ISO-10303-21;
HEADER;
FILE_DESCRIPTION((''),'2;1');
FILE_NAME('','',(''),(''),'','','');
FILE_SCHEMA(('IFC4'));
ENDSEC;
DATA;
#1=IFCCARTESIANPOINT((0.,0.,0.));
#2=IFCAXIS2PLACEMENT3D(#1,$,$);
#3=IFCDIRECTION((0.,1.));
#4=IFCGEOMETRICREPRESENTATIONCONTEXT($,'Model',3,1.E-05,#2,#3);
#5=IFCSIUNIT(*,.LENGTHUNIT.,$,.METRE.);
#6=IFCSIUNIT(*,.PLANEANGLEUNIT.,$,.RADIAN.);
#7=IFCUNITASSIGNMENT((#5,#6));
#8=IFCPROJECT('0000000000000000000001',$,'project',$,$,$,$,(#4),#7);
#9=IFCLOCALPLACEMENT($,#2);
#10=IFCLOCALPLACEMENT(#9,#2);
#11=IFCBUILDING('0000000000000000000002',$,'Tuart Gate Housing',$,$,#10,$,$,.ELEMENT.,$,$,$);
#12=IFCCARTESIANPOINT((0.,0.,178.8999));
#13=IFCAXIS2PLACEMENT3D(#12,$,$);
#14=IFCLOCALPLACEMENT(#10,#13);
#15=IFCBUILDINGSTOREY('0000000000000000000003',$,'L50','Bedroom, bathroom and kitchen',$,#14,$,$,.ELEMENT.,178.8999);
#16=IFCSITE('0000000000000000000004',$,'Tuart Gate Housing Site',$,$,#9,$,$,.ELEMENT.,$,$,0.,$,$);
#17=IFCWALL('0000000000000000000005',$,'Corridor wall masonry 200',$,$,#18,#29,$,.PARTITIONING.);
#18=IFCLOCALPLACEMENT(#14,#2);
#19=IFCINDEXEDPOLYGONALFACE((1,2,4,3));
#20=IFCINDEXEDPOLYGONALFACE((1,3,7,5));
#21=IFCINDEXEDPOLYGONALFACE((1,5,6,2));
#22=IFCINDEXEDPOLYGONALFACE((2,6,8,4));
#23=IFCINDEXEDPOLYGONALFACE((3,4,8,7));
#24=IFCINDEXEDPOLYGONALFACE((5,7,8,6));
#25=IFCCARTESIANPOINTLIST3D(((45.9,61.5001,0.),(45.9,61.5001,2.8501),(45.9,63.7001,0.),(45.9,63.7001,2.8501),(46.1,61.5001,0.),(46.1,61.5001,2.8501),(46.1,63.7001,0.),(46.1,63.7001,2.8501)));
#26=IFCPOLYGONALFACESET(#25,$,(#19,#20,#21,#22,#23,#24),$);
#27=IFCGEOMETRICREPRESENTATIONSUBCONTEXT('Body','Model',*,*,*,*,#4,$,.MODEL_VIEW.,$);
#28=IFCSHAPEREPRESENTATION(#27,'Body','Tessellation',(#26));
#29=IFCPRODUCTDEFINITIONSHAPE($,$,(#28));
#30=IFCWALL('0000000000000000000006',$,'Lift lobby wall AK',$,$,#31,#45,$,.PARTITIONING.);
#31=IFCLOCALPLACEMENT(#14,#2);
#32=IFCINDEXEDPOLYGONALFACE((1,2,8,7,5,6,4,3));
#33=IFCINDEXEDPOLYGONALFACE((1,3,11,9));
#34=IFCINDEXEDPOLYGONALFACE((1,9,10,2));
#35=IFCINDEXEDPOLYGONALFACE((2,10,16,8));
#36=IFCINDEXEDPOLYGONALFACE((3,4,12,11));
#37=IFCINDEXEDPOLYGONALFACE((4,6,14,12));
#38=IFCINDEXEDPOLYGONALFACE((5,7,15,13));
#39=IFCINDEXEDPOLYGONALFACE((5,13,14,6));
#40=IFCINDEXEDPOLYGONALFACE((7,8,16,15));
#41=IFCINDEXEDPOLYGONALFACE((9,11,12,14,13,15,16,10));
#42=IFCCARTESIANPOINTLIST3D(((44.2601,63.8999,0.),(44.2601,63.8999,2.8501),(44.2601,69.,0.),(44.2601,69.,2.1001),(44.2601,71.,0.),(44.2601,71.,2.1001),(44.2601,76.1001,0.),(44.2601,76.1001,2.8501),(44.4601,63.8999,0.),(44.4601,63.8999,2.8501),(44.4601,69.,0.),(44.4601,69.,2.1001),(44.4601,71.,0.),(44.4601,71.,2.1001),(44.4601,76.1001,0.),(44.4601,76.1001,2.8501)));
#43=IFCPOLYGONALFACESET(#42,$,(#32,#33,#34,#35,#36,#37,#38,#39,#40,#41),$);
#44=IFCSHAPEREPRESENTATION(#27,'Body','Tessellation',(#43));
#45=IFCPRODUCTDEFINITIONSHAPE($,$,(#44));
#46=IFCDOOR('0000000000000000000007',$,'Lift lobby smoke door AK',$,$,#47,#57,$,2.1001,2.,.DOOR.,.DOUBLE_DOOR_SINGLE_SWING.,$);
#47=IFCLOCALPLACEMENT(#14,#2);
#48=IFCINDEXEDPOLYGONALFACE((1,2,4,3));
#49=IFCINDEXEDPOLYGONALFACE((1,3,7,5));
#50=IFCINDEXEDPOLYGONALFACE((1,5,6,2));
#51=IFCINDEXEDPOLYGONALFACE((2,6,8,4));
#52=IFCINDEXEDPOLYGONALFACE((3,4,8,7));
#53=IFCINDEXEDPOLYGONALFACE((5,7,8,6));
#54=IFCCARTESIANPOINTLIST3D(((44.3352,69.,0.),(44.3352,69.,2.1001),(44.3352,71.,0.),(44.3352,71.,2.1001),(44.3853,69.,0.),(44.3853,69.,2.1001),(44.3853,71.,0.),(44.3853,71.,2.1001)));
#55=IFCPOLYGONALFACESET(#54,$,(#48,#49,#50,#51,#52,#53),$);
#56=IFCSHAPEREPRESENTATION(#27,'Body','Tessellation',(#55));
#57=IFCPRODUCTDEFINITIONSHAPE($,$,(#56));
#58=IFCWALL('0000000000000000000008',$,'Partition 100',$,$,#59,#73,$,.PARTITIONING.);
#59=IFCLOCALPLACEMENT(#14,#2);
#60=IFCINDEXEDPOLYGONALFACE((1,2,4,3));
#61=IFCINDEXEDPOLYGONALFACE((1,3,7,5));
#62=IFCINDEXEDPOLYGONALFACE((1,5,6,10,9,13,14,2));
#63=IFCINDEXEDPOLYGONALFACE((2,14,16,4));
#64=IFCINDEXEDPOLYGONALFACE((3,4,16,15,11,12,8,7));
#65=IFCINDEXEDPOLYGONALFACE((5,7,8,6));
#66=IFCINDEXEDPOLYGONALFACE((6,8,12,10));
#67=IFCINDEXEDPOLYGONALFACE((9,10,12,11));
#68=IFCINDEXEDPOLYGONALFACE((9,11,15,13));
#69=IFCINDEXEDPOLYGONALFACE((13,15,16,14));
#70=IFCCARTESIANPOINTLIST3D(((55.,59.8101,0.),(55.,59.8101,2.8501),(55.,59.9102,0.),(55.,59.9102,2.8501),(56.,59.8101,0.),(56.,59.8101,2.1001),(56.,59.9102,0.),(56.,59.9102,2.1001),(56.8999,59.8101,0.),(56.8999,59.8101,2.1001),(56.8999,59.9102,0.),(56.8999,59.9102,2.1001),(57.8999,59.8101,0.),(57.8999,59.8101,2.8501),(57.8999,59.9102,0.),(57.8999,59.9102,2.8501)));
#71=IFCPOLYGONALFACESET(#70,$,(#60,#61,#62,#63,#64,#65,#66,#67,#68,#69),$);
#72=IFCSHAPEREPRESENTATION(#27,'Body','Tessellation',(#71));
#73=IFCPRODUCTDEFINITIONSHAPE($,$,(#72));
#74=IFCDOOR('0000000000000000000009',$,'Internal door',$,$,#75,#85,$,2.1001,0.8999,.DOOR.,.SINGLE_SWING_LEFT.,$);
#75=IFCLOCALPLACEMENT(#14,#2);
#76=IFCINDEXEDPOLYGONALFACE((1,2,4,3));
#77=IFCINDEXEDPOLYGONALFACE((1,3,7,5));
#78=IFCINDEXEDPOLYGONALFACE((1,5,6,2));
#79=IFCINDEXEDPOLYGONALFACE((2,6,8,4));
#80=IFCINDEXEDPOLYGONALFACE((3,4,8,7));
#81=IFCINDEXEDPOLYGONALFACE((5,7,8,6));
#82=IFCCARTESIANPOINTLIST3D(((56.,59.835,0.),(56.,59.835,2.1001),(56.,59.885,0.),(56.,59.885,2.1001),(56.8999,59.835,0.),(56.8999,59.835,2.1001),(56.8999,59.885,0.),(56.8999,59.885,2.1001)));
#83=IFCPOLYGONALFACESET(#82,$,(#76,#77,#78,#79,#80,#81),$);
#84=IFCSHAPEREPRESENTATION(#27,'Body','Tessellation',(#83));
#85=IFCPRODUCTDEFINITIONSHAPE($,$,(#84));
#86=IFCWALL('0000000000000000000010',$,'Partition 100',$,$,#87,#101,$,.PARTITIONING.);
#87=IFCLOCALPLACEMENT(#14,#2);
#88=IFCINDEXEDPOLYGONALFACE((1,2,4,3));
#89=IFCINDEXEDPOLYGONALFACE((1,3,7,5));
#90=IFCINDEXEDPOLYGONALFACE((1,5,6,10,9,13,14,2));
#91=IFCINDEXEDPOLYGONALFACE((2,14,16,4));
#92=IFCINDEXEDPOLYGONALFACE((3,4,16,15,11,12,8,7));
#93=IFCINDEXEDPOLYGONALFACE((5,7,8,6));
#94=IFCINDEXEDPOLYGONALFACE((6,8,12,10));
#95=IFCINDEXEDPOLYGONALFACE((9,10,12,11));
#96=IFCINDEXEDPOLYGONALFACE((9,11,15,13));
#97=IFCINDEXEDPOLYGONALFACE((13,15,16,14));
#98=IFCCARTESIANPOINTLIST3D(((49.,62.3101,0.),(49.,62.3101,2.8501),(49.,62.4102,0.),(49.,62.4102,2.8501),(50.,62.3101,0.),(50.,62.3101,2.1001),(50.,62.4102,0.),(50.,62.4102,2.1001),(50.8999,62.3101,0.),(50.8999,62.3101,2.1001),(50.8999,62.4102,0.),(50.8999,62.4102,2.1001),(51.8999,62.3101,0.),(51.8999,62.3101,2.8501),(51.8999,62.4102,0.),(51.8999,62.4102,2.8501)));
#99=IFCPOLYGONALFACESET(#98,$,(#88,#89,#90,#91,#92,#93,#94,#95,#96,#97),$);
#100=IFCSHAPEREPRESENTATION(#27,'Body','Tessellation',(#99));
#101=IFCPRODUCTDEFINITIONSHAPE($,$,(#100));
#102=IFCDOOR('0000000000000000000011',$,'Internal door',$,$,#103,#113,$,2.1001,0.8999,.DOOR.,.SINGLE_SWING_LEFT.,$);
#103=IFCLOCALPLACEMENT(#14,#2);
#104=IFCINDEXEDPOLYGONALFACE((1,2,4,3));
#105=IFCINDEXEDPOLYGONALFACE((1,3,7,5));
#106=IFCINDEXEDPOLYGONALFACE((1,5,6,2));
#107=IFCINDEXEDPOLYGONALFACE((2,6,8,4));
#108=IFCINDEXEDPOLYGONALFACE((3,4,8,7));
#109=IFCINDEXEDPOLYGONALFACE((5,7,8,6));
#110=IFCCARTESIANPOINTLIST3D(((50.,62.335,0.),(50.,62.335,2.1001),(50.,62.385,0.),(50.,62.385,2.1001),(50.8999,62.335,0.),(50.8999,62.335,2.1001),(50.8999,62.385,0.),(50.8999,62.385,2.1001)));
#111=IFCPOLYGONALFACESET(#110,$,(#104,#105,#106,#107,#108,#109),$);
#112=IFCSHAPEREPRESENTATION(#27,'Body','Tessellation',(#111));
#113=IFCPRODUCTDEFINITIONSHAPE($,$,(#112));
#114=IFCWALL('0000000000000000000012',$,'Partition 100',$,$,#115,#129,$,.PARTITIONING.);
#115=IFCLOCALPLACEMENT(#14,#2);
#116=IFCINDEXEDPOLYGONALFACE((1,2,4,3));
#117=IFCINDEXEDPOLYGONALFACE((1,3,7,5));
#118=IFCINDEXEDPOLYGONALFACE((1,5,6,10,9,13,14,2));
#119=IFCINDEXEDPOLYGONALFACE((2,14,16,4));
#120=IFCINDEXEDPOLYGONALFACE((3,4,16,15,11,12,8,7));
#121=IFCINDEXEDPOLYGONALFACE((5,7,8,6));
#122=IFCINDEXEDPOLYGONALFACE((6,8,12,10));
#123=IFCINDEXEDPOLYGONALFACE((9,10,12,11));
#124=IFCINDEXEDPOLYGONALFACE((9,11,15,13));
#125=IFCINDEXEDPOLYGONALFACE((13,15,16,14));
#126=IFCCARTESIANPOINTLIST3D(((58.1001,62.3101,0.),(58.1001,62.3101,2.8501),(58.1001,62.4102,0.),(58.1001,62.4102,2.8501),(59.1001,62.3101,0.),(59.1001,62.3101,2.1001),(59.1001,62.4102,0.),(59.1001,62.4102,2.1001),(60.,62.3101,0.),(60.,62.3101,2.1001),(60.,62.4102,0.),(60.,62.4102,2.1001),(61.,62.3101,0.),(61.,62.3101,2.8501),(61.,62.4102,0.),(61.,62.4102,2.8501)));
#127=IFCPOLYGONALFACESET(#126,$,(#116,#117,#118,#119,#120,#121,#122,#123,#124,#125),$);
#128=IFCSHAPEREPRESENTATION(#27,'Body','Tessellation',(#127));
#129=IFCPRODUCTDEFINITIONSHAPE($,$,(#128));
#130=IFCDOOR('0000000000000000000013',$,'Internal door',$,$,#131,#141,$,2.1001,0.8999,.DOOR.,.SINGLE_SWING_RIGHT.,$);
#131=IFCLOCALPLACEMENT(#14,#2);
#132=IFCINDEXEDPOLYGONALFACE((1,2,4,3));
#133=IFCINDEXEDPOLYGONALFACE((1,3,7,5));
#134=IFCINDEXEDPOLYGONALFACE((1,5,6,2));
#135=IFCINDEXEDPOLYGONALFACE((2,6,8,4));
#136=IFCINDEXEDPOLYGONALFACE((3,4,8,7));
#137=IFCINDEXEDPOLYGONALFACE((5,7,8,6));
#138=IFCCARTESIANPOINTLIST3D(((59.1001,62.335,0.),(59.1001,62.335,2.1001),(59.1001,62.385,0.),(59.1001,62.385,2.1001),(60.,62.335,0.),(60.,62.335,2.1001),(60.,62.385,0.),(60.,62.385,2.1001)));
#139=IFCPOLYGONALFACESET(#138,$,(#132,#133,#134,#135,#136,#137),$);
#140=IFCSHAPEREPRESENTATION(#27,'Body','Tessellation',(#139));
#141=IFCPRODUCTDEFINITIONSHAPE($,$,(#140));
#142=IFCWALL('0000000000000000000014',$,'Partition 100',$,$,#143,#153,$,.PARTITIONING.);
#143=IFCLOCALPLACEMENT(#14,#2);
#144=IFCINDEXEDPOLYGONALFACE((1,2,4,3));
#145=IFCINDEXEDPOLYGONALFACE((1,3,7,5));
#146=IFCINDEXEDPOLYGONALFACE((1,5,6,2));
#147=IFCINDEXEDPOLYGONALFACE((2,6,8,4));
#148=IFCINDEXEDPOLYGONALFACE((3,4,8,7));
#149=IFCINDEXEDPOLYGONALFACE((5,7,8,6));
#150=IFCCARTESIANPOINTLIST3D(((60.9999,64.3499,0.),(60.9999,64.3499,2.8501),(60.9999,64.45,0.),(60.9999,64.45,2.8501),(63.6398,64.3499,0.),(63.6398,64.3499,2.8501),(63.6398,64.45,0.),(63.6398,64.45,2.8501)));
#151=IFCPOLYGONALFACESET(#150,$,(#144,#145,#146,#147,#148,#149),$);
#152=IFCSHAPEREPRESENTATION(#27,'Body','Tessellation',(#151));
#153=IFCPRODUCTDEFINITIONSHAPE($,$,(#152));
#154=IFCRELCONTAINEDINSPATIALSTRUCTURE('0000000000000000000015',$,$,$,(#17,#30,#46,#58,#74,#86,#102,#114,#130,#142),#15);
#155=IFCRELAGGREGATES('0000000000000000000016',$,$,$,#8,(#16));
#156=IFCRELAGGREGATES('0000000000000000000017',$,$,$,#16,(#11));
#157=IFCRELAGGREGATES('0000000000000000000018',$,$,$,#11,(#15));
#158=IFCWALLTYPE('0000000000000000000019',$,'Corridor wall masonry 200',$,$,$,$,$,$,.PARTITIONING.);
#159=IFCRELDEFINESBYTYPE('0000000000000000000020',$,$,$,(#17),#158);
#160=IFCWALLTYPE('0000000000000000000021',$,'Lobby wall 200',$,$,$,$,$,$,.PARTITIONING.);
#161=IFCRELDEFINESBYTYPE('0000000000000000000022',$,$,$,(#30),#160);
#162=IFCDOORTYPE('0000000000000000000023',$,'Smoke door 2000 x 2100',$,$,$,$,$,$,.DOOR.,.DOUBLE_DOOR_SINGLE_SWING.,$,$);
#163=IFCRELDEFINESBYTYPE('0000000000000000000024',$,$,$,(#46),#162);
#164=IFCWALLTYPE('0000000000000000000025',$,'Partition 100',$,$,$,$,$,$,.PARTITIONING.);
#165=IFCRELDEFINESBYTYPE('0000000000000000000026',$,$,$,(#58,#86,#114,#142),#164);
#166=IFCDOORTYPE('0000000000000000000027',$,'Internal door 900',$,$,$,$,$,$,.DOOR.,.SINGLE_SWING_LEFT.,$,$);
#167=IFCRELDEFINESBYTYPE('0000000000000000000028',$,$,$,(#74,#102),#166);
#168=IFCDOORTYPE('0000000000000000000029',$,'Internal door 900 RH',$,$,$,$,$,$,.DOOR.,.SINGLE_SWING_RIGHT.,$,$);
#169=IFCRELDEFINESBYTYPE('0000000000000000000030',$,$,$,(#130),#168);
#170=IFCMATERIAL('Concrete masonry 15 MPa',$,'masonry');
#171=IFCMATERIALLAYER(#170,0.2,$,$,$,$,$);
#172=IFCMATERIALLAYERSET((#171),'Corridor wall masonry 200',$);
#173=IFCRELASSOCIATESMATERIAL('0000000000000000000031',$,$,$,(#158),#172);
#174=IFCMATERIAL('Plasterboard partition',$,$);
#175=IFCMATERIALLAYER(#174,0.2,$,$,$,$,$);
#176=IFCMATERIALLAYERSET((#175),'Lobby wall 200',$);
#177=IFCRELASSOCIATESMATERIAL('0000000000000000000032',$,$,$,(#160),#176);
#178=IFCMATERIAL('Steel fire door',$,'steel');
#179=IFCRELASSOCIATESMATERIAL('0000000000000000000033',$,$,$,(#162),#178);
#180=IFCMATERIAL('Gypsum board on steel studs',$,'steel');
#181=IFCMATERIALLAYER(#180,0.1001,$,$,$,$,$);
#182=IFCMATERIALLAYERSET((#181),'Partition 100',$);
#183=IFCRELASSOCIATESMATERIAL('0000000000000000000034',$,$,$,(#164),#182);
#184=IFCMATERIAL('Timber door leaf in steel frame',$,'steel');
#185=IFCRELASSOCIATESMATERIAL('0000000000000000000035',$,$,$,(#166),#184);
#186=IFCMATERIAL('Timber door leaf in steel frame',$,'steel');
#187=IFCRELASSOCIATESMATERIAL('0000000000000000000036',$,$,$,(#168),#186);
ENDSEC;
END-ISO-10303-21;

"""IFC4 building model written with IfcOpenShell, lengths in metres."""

from ifc_helpers import new_model, si_unit, direction, frame, frame_2d, origin, place, context, subcontext, project, spatial, rectangle, extrude, material, layer, layer_set, type_object, element, fill, save


model = new_model("IFC4")

# Units and contexts
model_context = context("Model", 3, precision=1e-05, world=origin(), true_north=direction((0.0, 1.0)))
body_context = subcontext(model_context, "Body", "Model", "MODEL_VIEW")
ifc_project = project(units=[si_unit("LENGTHUNIT", "METRE"), si_unit("PLANEANGLEUNIT", "RADIAN")], contexts=[model_context])

# Site, building, storey
site_placement = place(None, origin())
site = spatial("IfcSite", under=ifc_project, at=site_placement, Name="Tuart Gate Housing Site", CompositionType="ELEMENT", RefElevation=0.0)
building_placement = place(site_placement, origin())
building = spatial("IfcBuilding", under=site, at=building_placement, Name="Tuart Gate Housing", CompositionType="ELEMENT")
storey_placement = place(building_placement, frame((0.0, 0.0, 178.8999)))
storey = spatial("IfcBuildingStorey", under=building, at=storey_placement, Name="L50", Description="Bedroom, bathroom and kitchen", CompositionType="ELEMENT", Elevation=178.8999)

# Wall
ifc_material_1 = material(Name="Concrete masonry 15 MPa", Category="masonry")
ifc_layer_1 = layer(ifc_material_1, 0.2)
ifc_layer_set_1 = layer_set([ifc_layer_1], Name="Corridor wall masonry 200")
wall_type_1 = type_object("IfcWallType", Name="Corridor wall masonry 200", PredefinedType="PARTITIONING", material=ifc_layer_set_1)
wall_1_placement = place(storey_placement, frame((46.0, 61.5, 0.0), z_axis=(0.0, 0.0, 1.0), x_axis=(0.0, 1.0, 0.0)))
element("IfcWall", 1, at=wall_1_placement, inside=storey, type_object=wall_type_1, Name="Corridor wall masonry 200", PredefinedType="PARTITIONING", context=body_context, shape_type="SweptSolid", body=[
    extrude(rectangle(XDim=2.2, YDim=0.2, at=frame_2d((1.1001, 0.0))), origin(), (0.0, 0.0, 1.0), 2.8501),
])

# Walls, openings, doors
ifc_material_2 = material(Name="Plasterboard partition")
ifc_layer_2 = layer(ifc_material_2, 0.2)
ifc_layer_set_2 = layer_set([ifc_layer_2], Name="Lobby wall 200")
wall_type_2 = type_object("IfcWallType", Name="Lobby wall 200", PredefinedType="PARTITIONING", material=ifc_layer_set_2)
wall_2_placement = place(storey_placement, frame((44.3601, 63.8999, 0.0), z_axis=(0.0, 0.0, 1.0), x_axis=(0.0, 1.0, 0.0)))
wall_2 = element("IfcWall", 2, at=wall_2_placement, inside=storey, type_object=wall_type_2, Name="Lift lobby wall AK", PredefinedType="PARTITIONING", context=body_context, shape_type="SweptSolid", body=[
    extrude(rectangle(XDim=12.2002, YDim=0.2, at=frame_2d((6.1001, 0.0))), origin(), (0.0, 0.0, 1.0), 2.8501),
])
opening_1_placement = place(wall_2_placement, frame((5.1001, 0.0, 0.0)))
opening_1 = element("IfcOpeningElement", 3, at=opening_1_placement, cuts=wall_2, PredefinedType="OPENING", context=body_context, shape_type="SweptSolid", body=[
    extrude(rectangle(XDim=2.0, YDim=2.1001, at=frame_2d((1.0, 1.05))), frame((0.0, 0.1099, 0.0), z_axis=(0.0, -1.0, 0.0), x_axis=(1.0, 0.0, 0.0)), (0.0, 0.0, 1.0), 0.22),
])
ifc_material_3 = material(Name="Steel fire door", Category="steel")
door_type_1 = type_object("IfcDoorType", Name="Smoke door 2000 x 2100", OperationType="DOUBLE_DOOR_SINGLE_SWING", PredefinedType="DOOR", material=ifc_material_3)
door_1_placement = place(opening_1_placement, origin())
door_1 = element("IfcDoor", 4, at=door_1_placement, inside=storey, type_object=door_type_1, Name="Lift lobby smoke door AK", OperationType="DOUBLE_DOOR_SINGLE_SWING", OverallHeight=2.1001, OverallWidth=2.0, PredefinedType="DOOR", context=body_context, shape_type="SweptSolid", body=[
    extrude(rectangle(XDim=2.0, YDim=2.1001, at=frame_2d((1.0, 1.05))), frame((0.0, 0.0249, 0.0), z_axis=(0.0, -1.0, 0.0), x_axis=(1.0, 0.0, 0.0)), (0.0, 0.0, 1.0), 0.05),
])
fill(opening_1, door_1)
ifc_material_4 = material(Name="Gypsum board on steel studs", Category="steel")
ifc_layer_3 = layer(ifc_material_4, 0.1001)
ifc_layer_set_3 = layer_set([ifc_layer_3], Name="Partition 100")
wall_type_3 = type_object("IfcWallType", Name="Partition 100", PredefinedType="PARTITIONING", material=ifc_layer_set_3)
wall_3_placement = place(storey_placement, frame((55.0, 59.8601, 0.0), z_axis=(0.0, 0.0, 1.0), x_axis=(1.0, 0.0, 0.0)))
wall_3 = element("IfcWall", 5, at=wall_3_placement, inside=storey, type_object=wall_type_3, Name="Partition 100", PredefinedType="PARTITIONING", context=body_context, shape_type="SweptSolid", body=[
    extrude(rectangle(XDim=2.8999, YDim=0.1001, at=frame_2d((1.45, 0.0))), origin(), (0.0, 0.0, 1.0), 2.8501),
])
opening_2_placement = place(wall_3_placement, frame((1.0, 0.0, 0.0)))
opening_2 = element("IfcOpeningElement", 6, at=opening_2_placement, cuts=wall_3, PredefinedType="OPENING", context=body_context, shape_type="SweptSolid", body=[
    extrude(rectangle(XDim=0.8999, YDim=2.1001, at=frame_2d((0.45, 1.05))), frame((0.0, 0.0601, 0.0), z_axis=(0.0, -1.0, 0.0), x_axis=(1.0, 0.0, 0.0)), (0.0, 0.0, 1.0), 0.1201),
])
ifc_material_5 = material(Name="Timber door leaf in steel frame", Category="steel")
door_type_2 = type_object("IfcDoorType", Name="Internal door 900", OperationType="SINGLE_SWING_LEFT", PredefinedType="DOOR", material=ifc_material_5)
door_2_placement = place(opening_2_placement, origin())
door_2 = element("IfcDoor", 7, at=door_2_placement, inside=storey, type_object=door_type_2, Name="Internal door", OperationType="SINGLE_SWING_LEFT", OverallHeight=2.1001, OverallWidth=0.8999, PredefinedType="DOOR", context=body_context, shape_type="SweptSolid", body=[
    extrude(rectangle(XDim=0.8999, YDim=2.1001, at=frame_2d((0.45, 1.05))), frame((0.0, 0.0249, 0.0), z_axis=(0.0, -1.0, 0.0), x_axis=(1.0, 0.0, 0.0)), (0.0, 0.0, 1.0), 0.05),
])
fill(opening_2, door_2)
wall_4_placement = place(storey_placement, frame((49.0, 62.3601, 0.0), z_axis=(0.0, 0.0, 1.0), x_axis=(1.0, 0.0, 0.0)))
wall_4 = element("IfcWall", 8, at=wall_4_placement, inside=storey, type_object=wall_type_3, Name="Partition 100", PredefinedType="PARTITIONING", context=body_context, shape_type="SweptSolid", body=[
    extrude(rectangle(XDim=2.8999, YDim=0.1001, at=frame_2d((1.45, 0.0))), origin(), (0.0, 0.0, 1.0), 2.8501),
])
opening_3_placement = place(wall_4_placement, frame((1.0, 0.0, 0.0)))
opening_3 = element("IfcOpeningElement", 9, at=opening_3_placement, cuts=wall_4, PredefinedType="OPENING", context=body_context, shape_type="SweptSolid", body=[
    extrude(rectangle(XDim=0.8999, YDim=2.1001, at=frame_2d((0.45, 1.05))), frame((0.0, 0.0601, 0.0), z_axis=(0.0, -1.0, 0.0), x_axis=(1.0, 0.0, 0.0)), (0.0, 0.0, 1.0), 0.1201),
])
door_3_placement = place(opening_3_placement, origin())
door_3 = element("IfcDoor", 10, at=door_3_placement, inside=storey, type_object=door_type_2, Name="Internal door", OperationType="SINGLE_SWING_LEFT", OverallHeight=2.1001, OverallWidth=0.8999, PredefinedType="DOOR", context=body_context, shape_type="SweptSolid", body=[
    extrude(rectangle(XDim=0.8999, YDim=2.1001, at=frame_2d((0.45, 1.05))), frame((0.0, 0.0249, 0.0), z_axis=(0.0, -1.0, 0.0), x_axis=(1.0, 0.0, 0.0)), (0.0, 0.0, 1.0), 0.05),
])
fill(opening_3, door_3)
wall_5_placement = place(storey_placement, frame((58.1001, 62.3601, 0.0), z_axis=(0.0, 0.0, 1.0), x_axis=(1.0, 0.0, 0.0)))
wall_5 = element("IfcWall", 11, at=wall_5_placement, inside=storey, type_object=wall_type_3, Name="Partition 100", PredefinedType="PARTITIONING", context=body_context, shape_type="SweptSolid", body=[
    extrude(rectangle(XDim=2.8999, YDim=0.1001, at=frame_2d((1.45, 0.0))), origin(), (0.0, 0.0, 1.0), 2.8501),
])
opening_4_placement = place(wall_5_placement, frame((1.0, 0.0, 0.0)))
opening_4 = element("IfcOpeningElement", 12, at=opening_4_placement, cuts=wall_5, PredefinedType="OPENING", context=body_context, shape_type="SweptSolid", body=[
    extrude(rectangle(XDim=0.8999, YDim=2.1001, at=frame_2d((0.45, 1.05))), frame((0.0, 0.0601, 0.0), z_axis=(0.0, -1.0, 0.0), x_axis=(1.0, 0.0, 0.0)), (0.0, 0.0, 1.0), 0.1201),
])
ifc_material_6 = material(Name="Timber door leaf in steel frame", Category="steel")
door_type_3 = type_object("IfcDoorType", Name="Internal door 900 RH", OperationType="SINGLE_SWING_RIGHT", PredefinedType="DOOR", material=ifc_material_6)
door_4_placement = place(opening_4_placement, origin())
door_4 = element("IfcDoor", 13, at=door_4_placement, inside=storey, type_object=door_type_3, Name="Internal door", OperationType="SINGLE_SWING_RIGHT", OverallHeight=2.1001, OverallWidth=0.8999, PredefinedType="DOOR", context=body_context, shape_type="SweptSolid", body=[
    extrude(rectangle(XDim=0.8999, YDim=2.1001, at=frame_2d((0.45, 1.05))), frame((0.0, 0.0249, 0.0), z_axis=(0.0, -1.0, 0.0), x_axis=(1.0, 0.0, 0.0)), (0.0, 0.0, 1.0), 0.05),
])
fill(opening_4, door_4)

# Wall
wall_6_placement = place(storey_placement, frame((61.0, 64.3999, 0.0), z_axis=(0.0, 0.0, 1.0), x_axis=(1.0, 0.0, 0.0)))
element("IfcWall", 14, at=wall_6_placement, inside=storey, type_object=wall_type_3, Name="Partition 100", PredefinedType="PARTITIONING", context=body_context, shape_type="SweptSolid", body=[
    extrude(rectangle(XDim=2.6399, YDim=0.1001, at=frame_2d((1.3198, 0.0))), origin(), (0.0, 0.0, 1.0), 2.8501),
])

save(model, "model.ifc")
